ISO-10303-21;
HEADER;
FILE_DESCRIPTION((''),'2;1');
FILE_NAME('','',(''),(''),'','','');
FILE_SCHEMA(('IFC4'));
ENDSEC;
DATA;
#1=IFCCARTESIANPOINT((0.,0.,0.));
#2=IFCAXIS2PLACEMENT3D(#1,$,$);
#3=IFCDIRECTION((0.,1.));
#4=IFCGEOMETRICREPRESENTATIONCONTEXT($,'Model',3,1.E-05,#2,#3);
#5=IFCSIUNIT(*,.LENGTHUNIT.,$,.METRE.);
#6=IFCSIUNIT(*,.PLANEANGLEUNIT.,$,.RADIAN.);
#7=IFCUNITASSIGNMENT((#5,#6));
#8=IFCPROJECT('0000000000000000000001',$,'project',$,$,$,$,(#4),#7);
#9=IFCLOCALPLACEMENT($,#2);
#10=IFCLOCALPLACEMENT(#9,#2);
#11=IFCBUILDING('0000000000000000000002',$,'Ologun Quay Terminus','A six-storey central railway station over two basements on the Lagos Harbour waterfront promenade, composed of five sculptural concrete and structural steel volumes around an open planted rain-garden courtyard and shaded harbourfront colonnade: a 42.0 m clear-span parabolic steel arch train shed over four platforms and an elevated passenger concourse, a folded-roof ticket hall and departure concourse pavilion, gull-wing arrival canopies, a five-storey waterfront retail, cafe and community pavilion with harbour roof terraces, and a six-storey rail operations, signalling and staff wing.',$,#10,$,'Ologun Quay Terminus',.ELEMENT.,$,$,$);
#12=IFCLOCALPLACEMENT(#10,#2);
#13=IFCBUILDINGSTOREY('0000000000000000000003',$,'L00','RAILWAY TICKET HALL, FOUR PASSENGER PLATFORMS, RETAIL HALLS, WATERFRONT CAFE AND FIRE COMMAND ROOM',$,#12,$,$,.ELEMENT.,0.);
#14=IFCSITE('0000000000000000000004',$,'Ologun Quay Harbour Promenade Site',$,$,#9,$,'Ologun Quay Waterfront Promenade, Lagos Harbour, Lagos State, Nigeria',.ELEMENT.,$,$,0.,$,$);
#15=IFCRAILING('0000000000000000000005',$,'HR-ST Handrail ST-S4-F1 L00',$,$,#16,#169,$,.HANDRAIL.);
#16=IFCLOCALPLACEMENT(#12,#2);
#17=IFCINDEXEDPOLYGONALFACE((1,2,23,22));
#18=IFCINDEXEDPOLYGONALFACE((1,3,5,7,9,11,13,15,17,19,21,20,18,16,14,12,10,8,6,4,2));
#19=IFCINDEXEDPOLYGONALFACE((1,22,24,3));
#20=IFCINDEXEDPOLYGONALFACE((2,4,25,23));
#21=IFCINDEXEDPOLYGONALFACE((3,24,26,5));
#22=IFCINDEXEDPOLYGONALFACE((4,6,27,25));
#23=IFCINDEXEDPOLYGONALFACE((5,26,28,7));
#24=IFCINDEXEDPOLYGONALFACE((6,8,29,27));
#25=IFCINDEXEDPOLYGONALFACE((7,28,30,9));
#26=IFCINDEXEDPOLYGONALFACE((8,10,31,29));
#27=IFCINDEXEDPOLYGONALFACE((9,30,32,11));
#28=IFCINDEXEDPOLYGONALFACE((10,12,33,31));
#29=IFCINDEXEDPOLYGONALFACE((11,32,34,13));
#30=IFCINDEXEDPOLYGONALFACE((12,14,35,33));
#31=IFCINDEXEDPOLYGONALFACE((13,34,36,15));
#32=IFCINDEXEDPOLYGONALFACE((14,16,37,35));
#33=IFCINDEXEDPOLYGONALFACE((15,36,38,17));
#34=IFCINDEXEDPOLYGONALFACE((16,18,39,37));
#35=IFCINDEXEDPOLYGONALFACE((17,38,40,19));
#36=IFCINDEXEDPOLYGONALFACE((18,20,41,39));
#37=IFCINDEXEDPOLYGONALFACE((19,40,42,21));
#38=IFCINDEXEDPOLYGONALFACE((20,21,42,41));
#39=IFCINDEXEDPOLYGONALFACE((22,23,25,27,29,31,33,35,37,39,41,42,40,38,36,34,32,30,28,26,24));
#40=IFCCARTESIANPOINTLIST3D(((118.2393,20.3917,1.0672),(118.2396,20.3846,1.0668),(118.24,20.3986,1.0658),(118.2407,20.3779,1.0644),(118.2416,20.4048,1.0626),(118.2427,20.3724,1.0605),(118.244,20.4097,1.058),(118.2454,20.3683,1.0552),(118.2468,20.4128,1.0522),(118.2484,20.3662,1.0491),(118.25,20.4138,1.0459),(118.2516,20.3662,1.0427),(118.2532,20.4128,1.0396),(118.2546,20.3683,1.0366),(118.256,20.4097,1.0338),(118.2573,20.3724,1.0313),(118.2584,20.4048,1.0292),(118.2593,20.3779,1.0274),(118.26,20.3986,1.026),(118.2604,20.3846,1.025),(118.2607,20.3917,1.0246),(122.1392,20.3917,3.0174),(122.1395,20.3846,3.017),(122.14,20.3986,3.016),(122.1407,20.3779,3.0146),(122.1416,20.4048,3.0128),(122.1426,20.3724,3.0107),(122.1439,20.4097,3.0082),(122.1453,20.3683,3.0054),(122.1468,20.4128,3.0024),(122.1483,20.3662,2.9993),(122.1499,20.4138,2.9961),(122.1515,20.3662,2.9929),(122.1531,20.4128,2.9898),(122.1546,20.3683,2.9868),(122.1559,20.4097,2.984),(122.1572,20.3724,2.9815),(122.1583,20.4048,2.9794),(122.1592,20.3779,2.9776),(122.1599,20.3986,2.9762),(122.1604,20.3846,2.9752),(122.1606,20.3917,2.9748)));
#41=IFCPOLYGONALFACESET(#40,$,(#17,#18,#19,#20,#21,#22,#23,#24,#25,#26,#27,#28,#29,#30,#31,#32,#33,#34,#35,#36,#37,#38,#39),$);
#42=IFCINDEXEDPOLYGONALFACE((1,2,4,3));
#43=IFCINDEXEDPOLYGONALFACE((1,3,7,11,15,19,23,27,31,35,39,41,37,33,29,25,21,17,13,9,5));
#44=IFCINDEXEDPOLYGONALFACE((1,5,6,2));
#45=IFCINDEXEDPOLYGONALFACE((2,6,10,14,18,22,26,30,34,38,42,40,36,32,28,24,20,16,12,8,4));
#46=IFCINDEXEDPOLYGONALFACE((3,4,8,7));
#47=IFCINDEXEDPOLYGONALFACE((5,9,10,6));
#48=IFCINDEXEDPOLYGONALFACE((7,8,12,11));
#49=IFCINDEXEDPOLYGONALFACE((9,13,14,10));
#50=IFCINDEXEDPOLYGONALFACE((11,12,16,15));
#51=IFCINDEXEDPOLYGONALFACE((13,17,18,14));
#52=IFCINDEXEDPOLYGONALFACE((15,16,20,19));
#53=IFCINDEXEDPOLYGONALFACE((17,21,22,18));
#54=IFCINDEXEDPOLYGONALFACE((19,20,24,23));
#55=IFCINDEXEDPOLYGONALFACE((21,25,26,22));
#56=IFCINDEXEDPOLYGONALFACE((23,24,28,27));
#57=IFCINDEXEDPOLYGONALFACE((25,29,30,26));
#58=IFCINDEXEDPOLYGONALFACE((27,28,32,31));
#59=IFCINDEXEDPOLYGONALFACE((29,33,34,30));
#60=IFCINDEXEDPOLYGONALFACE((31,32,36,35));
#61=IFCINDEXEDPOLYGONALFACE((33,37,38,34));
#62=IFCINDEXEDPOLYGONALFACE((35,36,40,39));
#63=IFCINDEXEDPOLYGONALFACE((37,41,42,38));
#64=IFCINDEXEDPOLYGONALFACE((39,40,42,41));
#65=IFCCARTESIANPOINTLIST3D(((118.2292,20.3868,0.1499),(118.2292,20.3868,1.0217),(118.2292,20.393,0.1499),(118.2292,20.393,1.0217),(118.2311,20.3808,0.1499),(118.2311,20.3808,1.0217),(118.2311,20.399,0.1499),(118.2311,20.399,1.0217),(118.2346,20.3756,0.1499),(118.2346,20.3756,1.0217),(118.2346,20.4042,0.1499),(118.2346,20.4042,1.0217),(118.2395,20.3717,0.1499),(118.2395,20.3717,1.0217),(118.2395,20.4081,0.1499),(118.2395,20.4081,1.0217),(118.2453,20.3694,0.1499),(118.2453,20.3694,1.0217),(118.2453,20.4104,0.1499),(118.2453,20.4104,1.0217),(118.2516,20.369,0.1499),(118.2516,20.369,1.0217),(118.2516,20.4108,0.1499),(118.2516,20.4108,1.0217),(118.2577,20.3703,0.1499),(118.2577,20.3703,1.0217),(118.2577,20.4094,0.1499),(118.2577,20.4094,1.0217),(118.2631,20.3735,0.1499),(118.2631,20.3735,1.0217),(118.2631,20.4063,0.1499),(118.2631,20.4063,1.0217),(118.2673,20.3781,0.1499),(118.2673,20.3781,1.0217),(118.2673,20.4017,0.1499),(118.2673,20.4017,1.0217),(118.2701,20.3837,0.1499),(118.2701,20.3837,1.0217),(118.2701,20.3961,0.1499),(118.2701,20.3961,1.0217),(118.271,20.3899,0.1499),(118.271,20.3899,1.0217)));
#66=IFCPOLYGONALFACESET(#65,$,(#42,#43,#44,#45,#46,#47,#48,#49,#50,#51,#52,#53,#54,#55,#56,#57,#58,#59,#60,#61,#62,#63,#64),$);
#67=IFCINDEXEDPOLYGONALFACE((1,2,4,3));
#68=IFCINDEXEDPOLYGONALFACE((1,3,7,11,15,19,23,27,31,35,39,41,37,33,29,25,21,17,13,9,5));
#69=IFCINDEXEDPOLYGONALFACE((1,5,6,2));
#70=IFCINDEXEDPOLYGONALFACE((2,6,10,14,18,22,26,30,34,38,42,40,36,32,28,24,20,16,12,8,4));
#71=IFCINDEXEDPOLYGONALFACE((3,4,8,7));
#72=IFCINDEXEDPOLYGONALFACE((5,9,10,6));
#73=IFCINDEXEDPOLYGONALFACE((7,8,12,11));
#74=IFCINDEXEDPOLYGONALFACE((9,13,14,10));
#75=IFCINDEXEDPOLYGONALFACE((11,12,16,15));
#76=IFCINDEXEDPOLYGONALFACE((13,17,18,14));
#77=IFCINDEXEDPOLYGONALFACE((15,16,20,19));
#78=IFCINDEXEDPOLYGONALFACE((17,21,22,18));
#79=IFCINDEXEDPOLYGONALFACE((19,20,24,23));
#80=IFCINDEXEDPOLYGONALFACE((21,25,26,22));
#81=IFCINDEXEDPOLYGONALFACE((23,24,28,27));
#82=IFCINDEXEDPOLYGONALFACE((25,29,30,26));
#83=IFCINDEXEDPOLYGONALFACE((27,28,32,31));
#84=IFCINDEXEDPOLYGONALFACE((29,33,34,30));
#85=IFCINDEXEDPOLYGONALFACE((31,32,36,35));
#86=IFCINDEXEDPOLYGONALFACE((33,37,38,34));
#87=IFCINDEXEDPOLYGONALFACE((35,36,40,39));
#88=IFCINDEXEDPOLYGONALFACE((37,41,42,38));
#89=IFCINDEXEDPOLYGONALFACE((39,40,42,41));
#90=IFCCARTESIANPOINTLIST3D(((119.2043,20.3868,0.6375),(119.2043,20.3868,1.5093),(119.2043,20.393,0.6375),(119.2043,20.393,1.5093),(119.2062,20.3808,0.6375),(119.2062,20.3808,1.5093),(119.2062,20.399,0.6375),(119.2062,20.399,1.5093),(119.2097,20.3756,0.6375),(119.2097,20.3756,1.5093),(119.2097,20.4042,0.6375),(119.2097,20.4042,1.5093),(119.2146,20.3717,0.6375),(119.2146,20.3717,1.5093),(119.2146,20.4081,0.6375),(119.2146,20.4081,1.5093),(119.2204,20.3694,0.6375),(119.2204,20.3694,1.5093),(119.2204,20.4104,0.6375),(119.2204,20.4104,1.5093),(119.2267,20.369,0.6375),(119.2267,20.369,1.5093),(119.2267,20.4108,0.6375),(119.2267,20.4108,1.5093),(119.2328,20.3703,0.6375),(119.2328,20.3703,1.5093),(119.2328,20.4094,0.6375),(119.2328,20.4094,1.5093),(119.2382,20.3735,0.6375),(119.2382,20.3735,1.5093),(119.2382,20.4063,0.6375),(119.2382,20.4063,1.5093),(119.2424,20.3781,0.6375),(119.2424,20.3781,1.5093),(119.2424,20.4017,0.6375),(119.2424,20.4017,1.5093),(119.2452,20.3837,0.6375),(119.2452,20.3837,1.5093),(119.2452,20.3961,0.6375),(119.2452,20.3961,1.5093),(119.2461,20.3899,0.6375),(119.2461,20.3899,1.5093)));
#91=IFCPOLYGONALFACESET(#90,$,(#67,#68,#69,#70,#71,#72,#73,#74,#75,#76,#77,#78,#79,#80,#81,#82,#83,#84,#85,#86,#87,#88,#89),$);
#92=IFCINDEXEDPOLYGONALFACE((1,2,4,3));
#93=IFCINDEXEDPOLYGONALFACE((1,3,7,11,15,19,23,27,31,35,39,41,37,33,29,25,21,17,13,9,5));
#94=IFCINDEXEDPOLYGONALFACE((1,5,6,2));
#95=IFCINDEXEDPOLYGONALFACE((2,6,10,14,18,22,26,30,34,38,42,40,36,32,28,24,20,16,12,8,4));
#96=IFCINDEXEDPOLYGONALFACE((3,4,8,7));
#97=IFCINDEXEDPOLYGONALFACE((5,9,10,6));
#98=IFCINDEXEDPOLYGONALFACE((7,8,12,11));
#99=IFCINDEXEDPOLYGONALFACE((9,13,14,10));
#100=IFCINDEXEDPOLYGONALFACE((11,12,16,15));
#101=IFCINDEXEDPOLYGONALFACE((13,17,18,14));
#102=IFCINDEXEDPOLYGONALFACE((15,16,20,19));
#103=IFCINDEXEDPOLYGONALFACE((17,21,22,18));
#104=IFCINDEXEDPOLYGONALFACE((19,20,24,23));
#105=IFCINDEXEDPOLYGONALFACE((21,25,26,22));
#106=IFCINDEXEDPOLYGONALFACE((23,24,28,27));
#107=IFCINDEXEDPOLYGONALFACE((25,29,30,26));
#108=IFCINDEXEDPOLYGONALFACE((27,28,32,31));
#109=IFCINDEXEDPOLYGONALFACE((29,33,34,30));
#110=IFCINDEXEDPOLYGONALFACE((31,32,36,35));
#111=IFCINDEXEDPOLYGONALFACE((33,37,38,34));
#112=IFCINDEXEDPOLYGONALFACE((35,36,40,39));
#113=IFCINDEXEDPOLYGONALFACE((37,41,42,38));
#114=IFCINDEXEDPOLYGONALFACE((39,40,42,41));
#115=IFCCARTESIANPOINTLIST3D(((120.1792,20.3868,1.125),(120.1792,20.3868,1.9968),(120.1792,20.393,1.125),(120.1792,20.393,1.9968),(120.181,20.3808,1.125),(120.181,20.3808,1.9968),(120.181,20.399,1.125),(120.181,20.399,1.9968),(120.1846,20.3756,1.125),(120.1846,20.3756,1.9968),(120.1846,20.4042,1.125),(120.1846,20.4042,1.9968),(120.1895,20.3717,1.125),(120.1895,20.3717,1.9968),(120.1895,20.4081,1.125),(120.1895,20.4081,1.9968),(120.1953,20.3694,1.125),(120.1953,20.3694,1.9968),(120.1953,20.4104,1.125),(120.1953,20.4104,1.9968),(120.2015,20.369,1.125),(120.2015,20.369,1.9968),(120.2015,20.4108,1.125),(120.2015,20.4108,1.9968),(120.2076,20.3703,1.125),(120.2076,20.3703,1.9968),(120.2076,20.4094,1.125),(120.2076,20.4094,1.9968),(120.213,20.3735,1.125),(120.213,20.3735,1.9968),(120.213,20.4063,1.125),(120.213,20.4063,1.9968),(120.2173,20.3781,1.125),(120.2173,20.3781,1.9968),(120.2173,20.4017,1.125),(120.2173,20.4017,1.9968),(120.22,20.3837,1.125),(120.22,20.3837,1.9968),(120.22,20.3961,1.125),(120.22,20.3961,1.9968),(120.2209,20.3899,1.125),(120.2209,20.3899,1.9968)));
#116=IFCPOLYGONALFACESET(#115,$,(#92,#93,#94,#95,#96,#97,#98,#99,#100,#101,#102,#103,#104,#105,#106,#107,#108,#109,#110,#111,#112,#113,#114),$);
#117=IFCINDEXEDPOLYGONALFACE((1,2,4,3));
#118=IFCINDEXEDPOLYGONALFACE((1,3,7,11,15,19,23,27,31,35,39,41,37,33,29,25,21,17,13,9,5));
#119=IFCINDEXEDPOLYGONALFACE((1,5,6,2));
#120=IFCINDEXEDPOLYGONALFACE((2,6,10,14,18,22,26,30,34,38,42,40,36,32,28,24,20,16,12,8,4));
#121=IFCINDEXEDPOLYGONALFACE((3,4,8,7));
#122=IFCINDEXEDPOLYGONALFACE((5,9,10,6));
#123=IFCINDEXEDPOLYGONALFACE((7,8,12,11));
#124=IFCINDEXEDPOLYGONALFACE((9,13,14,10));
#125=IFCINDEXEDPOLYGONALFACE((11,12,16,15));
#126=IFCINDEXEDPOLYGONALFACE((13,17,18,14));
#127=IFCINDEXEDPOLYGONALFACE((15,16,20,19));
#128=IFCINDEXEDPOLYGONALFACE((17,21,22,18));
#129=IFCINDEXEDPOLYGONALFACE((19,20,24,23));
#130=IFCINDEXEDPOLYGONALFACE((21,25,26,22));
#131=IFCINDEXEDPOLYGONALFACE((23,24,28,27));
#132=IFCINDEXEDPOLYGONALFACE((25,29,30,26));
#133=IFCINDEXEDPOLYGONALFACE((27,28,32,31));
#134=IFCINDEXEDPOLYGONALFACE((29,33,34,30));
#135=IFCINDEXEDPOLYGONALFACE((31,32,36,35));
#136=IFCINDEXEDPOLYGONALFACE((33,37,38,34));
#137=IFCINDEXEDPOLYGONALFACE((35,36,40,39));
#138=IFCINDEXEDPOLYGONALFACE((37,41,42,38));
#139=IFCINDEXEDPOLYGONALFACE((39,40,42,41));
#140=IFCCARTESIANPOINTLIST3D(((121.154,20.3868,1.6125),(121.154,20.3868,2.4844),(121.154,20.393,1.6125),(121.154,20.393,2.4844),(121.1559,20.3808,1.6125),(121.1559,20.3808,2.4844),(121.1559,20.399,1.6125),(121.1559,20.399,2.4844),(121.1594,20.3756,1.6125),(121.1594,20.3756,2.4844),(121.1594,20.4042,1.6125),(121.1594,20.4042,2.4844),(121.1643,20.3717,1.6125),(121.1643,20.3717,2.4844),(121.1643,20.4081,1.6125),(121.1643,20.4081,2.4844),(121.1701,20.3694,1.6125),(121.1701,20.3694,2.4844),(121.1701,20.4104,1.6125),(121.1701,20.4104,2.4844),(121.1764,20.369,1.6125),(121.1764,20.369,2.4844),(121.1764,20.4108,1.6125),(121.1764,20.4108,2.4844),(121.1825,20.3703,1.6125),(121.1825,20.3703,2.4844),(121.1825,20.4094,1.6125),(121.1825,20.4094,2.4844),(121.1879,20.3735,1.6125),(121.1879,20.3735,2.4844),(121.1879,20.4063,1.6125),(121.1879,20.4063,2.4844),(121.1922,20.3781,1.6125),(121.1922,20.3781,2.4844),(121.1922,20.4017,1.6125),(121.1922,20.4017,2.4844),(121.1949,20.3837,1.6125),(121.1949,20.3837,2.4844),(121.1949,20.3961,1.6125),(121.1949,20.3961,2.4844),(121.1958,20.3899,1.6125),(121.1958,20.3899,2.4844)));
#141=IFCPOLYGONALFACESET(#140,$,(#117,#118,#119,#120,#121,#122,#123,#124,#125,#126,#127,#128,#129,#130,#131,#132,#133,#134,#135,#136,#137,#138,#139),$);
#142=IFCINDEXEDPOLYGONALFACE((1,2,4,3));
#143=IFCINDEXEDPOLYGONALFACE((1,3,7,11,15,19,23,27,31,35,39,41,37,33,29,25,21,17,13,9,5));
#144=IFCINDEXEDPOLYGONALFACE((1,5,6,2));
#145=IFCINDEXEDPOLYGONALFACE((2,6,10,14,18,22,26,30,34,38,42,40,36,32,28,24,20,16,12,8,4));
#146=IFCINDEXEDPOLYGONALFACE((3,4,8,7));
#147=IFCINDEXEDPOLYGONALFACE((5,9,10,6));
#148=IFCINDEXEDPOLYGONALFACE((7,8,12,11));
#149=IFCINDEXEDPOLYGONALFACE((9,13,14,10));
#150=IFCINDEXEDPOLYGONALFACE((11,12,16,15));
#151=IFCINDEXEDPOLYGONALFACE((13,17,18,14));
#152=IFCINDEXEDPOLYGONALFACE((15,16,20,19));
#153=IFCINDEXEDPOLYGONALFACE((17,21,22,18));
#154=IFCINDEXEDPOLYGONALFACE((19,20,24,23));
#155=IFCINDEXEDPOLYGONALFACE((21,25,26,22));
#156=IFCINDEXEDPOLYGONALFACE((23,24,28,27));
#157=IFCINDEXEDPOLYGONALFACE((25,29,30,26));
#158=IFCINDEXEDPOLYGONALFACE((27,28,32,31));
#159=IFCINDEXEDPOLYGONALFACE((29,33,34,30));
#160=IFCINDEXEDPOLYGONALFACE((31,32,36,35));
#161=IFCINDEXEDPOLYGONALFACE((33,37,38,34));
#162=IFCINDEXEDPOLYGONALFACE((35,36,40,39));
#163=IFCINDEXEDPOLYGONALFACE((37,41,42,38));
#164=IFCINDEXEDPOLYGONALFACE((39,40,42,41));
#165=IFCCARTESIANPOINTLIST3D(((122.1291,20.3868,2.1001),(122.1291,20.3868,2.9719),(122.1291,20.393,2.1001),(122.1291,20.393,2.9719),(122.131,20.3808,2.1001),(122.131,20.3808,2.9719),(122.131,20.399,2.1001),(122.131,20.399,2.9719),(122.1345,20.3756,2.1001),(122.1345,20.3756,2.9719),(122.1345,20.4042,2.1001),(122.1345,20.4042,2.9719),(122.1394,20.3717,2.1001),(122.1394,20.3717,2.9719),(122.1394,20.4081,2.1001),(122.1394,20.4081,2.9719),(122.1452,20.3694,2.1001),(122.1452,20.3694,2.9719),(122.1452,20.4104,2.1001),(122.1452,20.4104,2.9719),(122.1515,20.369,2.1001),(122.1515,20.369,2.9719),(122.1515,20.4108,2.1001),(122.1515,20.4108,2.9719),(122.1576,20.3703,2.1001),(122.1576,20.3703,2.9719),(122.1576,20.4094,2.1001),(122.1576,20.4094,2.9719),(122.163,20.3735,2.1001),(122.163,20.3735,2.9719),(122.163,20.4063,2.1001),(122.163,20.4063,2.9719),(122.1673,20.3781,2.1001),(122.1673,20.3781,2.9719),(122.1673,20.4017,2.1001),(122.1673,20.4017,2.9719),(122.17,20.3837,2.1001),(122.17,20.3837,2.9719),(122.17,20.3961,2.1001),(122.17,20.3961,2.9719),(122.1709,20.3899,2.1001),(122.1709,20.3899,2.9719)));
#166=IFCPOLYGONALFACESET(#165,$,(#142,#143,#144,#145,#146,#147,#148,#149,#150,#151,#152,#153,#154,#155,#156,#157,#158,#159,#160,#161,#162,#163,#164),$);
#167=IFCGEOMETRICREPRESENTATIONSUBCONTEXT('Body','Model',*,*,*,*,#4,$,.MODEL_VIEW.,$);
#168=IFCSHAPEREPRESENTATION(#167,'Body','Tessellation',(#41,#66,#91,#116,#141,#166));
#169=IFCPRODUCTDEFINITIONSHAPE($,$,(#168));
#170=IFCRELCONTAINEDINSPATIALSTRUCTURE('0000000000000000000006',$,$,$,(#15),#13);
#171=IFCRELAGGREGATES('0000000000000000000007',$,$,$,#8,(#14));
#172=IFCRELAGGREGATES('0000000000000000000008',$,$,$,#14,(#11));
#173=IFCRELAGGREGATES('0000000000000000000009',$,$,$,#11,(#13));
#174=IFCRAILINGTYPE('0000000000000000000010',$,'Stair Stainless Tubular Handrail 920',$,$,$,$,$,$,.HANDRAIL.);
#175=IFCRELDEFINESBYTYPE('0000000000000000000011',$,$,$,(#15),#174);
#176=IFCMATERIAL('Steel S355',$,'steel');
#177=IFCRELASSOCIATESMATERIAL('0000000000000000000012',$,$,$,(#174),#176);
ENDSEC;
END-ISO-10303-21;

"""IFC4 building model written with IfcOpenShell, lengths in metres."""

from ifc_helpers import new_model, si_unit, direction, frame, origin, origin_2d, place, context, subcontext, project, spatial, circle, extrude, material, type_object, element, save


model = new_model("IFC4")

# Units and contexts
model_context = context("Model", 3, precision=1e-05, world=origin(), true_north=direction((0.0, 1.0)))
body_context = subcontext(model_context, "Body", "Model", "MODEL_VIEW")
ifc_project = project(units=[si_unit("LENGTHUNIT", "METRE"), si_unit("PLANEANGLEUNIT", "RADIAN")], contexts=[model_context])

# Site, building, storey
site_placement = place(None, origin())
site = spatial("IfcSite", under=ifc_project, at=site_placement, Name="Ologun Quay Harbour Promenade Site", LongName="Ologun Quay Waterfront Promenade, Lagos Harbour, Lagos State, Nigeria", CompositionType="ELEMENT", RefElevation=0.0)
building_placement = place(site_placement, origin())
building = spatial("IfcBuilding", under=site, at=building_placement, Name="Ologun Quay Terminus", Description="A six-storey central railway station over two basements on the Lagos Harbour waterfront promenade, composed of five sculptural concrete and structural steel volumes around an open planted rain-garden courtyard and shaded harbourfront colonnade: a 42.0 m clear-span parabolic steel arch train shed over four platforms and an elevated passenger concourse, a folded-roof ticket hall and departure concourse pavilion, gull-wing arrival canopies, a five-storey waterfront retail, cafe and community pavilion with harbour roof terraces, and a six-storey rail operations, signalling and staff wing.", LongName="Ologun Quay Terminus", CompositionType="ELEMENT")
storey_placement = place(building_placement, origin())
storey = spatial("IfcBuildingStorey", under=building, at=storey_placement, Name="L00", Description="RAILWAY TICKET HALL, FOUR PASSENGER PLATFORMS, RETAIL HALLS, WATERFRONT CAFE AND FIRE COMMAND ROOM", CompositionType="ELEMENT", Elevation=0.0)

# Railing
ifc_material_1 = material(Name="Steel S355", Category="steel")
railing_type_1 = type_object("IfcRailingType", Name="Stair Stainless Tubular Handrail 920", PredefinedType="HANDRAIL", material=ifc_material_1)
railing_1_placement = place(storey_placement, frame((118.25, 20.3899, 0.1499)))
element("IfcRailing", 1, at=railing_1_placement, inside=storey, type_object=railing_type_1, Name="HR-ST Handrail ST-S4-F1 L00", PredefinedType="HANDRAIL", context=body_context, shape_type="SweptSolid", body=[
    extrude(circle(Radius=0.0239, at=origin_2d()), frame((0.0, 0.0, 0.896), z_axis=(0.894405, 0.0, 0.447258), x_axis=(0.0, 1.0, 0.0)), (0.0, 0.0, 1.0), 4.3604),
    extrude(circle(Radius=0.021, at=origin_2d()), origin(), (0.0, 0.0, 1.0), 0.8718),
    extrude(circle(Radius=0.021, at=origin_2d()), frame((0.9751, 0.0, 0.4875)), (0.0, 0.0, 1.0), 0.8718),
    extrude(circle(Radius=0.021, at=origin_2d()), frame((1.95, 0.0, 0.9751)), (0.0, 0.0, 1.0), 0.8718),
    extrude(circle(Radius=0.021, at=origin_2d()), frame((2.9248, 0.0, 1.4626)), (0.0, 0.0, 1.0), 0.8718),
    extrude(circle(Radius=0.021, at=origin_2d()), frame((3.8999, 0.0, 1.9502)), (0.0, 0.0, 1.0), 0.8718),
])

save(model, "model.ifc")
